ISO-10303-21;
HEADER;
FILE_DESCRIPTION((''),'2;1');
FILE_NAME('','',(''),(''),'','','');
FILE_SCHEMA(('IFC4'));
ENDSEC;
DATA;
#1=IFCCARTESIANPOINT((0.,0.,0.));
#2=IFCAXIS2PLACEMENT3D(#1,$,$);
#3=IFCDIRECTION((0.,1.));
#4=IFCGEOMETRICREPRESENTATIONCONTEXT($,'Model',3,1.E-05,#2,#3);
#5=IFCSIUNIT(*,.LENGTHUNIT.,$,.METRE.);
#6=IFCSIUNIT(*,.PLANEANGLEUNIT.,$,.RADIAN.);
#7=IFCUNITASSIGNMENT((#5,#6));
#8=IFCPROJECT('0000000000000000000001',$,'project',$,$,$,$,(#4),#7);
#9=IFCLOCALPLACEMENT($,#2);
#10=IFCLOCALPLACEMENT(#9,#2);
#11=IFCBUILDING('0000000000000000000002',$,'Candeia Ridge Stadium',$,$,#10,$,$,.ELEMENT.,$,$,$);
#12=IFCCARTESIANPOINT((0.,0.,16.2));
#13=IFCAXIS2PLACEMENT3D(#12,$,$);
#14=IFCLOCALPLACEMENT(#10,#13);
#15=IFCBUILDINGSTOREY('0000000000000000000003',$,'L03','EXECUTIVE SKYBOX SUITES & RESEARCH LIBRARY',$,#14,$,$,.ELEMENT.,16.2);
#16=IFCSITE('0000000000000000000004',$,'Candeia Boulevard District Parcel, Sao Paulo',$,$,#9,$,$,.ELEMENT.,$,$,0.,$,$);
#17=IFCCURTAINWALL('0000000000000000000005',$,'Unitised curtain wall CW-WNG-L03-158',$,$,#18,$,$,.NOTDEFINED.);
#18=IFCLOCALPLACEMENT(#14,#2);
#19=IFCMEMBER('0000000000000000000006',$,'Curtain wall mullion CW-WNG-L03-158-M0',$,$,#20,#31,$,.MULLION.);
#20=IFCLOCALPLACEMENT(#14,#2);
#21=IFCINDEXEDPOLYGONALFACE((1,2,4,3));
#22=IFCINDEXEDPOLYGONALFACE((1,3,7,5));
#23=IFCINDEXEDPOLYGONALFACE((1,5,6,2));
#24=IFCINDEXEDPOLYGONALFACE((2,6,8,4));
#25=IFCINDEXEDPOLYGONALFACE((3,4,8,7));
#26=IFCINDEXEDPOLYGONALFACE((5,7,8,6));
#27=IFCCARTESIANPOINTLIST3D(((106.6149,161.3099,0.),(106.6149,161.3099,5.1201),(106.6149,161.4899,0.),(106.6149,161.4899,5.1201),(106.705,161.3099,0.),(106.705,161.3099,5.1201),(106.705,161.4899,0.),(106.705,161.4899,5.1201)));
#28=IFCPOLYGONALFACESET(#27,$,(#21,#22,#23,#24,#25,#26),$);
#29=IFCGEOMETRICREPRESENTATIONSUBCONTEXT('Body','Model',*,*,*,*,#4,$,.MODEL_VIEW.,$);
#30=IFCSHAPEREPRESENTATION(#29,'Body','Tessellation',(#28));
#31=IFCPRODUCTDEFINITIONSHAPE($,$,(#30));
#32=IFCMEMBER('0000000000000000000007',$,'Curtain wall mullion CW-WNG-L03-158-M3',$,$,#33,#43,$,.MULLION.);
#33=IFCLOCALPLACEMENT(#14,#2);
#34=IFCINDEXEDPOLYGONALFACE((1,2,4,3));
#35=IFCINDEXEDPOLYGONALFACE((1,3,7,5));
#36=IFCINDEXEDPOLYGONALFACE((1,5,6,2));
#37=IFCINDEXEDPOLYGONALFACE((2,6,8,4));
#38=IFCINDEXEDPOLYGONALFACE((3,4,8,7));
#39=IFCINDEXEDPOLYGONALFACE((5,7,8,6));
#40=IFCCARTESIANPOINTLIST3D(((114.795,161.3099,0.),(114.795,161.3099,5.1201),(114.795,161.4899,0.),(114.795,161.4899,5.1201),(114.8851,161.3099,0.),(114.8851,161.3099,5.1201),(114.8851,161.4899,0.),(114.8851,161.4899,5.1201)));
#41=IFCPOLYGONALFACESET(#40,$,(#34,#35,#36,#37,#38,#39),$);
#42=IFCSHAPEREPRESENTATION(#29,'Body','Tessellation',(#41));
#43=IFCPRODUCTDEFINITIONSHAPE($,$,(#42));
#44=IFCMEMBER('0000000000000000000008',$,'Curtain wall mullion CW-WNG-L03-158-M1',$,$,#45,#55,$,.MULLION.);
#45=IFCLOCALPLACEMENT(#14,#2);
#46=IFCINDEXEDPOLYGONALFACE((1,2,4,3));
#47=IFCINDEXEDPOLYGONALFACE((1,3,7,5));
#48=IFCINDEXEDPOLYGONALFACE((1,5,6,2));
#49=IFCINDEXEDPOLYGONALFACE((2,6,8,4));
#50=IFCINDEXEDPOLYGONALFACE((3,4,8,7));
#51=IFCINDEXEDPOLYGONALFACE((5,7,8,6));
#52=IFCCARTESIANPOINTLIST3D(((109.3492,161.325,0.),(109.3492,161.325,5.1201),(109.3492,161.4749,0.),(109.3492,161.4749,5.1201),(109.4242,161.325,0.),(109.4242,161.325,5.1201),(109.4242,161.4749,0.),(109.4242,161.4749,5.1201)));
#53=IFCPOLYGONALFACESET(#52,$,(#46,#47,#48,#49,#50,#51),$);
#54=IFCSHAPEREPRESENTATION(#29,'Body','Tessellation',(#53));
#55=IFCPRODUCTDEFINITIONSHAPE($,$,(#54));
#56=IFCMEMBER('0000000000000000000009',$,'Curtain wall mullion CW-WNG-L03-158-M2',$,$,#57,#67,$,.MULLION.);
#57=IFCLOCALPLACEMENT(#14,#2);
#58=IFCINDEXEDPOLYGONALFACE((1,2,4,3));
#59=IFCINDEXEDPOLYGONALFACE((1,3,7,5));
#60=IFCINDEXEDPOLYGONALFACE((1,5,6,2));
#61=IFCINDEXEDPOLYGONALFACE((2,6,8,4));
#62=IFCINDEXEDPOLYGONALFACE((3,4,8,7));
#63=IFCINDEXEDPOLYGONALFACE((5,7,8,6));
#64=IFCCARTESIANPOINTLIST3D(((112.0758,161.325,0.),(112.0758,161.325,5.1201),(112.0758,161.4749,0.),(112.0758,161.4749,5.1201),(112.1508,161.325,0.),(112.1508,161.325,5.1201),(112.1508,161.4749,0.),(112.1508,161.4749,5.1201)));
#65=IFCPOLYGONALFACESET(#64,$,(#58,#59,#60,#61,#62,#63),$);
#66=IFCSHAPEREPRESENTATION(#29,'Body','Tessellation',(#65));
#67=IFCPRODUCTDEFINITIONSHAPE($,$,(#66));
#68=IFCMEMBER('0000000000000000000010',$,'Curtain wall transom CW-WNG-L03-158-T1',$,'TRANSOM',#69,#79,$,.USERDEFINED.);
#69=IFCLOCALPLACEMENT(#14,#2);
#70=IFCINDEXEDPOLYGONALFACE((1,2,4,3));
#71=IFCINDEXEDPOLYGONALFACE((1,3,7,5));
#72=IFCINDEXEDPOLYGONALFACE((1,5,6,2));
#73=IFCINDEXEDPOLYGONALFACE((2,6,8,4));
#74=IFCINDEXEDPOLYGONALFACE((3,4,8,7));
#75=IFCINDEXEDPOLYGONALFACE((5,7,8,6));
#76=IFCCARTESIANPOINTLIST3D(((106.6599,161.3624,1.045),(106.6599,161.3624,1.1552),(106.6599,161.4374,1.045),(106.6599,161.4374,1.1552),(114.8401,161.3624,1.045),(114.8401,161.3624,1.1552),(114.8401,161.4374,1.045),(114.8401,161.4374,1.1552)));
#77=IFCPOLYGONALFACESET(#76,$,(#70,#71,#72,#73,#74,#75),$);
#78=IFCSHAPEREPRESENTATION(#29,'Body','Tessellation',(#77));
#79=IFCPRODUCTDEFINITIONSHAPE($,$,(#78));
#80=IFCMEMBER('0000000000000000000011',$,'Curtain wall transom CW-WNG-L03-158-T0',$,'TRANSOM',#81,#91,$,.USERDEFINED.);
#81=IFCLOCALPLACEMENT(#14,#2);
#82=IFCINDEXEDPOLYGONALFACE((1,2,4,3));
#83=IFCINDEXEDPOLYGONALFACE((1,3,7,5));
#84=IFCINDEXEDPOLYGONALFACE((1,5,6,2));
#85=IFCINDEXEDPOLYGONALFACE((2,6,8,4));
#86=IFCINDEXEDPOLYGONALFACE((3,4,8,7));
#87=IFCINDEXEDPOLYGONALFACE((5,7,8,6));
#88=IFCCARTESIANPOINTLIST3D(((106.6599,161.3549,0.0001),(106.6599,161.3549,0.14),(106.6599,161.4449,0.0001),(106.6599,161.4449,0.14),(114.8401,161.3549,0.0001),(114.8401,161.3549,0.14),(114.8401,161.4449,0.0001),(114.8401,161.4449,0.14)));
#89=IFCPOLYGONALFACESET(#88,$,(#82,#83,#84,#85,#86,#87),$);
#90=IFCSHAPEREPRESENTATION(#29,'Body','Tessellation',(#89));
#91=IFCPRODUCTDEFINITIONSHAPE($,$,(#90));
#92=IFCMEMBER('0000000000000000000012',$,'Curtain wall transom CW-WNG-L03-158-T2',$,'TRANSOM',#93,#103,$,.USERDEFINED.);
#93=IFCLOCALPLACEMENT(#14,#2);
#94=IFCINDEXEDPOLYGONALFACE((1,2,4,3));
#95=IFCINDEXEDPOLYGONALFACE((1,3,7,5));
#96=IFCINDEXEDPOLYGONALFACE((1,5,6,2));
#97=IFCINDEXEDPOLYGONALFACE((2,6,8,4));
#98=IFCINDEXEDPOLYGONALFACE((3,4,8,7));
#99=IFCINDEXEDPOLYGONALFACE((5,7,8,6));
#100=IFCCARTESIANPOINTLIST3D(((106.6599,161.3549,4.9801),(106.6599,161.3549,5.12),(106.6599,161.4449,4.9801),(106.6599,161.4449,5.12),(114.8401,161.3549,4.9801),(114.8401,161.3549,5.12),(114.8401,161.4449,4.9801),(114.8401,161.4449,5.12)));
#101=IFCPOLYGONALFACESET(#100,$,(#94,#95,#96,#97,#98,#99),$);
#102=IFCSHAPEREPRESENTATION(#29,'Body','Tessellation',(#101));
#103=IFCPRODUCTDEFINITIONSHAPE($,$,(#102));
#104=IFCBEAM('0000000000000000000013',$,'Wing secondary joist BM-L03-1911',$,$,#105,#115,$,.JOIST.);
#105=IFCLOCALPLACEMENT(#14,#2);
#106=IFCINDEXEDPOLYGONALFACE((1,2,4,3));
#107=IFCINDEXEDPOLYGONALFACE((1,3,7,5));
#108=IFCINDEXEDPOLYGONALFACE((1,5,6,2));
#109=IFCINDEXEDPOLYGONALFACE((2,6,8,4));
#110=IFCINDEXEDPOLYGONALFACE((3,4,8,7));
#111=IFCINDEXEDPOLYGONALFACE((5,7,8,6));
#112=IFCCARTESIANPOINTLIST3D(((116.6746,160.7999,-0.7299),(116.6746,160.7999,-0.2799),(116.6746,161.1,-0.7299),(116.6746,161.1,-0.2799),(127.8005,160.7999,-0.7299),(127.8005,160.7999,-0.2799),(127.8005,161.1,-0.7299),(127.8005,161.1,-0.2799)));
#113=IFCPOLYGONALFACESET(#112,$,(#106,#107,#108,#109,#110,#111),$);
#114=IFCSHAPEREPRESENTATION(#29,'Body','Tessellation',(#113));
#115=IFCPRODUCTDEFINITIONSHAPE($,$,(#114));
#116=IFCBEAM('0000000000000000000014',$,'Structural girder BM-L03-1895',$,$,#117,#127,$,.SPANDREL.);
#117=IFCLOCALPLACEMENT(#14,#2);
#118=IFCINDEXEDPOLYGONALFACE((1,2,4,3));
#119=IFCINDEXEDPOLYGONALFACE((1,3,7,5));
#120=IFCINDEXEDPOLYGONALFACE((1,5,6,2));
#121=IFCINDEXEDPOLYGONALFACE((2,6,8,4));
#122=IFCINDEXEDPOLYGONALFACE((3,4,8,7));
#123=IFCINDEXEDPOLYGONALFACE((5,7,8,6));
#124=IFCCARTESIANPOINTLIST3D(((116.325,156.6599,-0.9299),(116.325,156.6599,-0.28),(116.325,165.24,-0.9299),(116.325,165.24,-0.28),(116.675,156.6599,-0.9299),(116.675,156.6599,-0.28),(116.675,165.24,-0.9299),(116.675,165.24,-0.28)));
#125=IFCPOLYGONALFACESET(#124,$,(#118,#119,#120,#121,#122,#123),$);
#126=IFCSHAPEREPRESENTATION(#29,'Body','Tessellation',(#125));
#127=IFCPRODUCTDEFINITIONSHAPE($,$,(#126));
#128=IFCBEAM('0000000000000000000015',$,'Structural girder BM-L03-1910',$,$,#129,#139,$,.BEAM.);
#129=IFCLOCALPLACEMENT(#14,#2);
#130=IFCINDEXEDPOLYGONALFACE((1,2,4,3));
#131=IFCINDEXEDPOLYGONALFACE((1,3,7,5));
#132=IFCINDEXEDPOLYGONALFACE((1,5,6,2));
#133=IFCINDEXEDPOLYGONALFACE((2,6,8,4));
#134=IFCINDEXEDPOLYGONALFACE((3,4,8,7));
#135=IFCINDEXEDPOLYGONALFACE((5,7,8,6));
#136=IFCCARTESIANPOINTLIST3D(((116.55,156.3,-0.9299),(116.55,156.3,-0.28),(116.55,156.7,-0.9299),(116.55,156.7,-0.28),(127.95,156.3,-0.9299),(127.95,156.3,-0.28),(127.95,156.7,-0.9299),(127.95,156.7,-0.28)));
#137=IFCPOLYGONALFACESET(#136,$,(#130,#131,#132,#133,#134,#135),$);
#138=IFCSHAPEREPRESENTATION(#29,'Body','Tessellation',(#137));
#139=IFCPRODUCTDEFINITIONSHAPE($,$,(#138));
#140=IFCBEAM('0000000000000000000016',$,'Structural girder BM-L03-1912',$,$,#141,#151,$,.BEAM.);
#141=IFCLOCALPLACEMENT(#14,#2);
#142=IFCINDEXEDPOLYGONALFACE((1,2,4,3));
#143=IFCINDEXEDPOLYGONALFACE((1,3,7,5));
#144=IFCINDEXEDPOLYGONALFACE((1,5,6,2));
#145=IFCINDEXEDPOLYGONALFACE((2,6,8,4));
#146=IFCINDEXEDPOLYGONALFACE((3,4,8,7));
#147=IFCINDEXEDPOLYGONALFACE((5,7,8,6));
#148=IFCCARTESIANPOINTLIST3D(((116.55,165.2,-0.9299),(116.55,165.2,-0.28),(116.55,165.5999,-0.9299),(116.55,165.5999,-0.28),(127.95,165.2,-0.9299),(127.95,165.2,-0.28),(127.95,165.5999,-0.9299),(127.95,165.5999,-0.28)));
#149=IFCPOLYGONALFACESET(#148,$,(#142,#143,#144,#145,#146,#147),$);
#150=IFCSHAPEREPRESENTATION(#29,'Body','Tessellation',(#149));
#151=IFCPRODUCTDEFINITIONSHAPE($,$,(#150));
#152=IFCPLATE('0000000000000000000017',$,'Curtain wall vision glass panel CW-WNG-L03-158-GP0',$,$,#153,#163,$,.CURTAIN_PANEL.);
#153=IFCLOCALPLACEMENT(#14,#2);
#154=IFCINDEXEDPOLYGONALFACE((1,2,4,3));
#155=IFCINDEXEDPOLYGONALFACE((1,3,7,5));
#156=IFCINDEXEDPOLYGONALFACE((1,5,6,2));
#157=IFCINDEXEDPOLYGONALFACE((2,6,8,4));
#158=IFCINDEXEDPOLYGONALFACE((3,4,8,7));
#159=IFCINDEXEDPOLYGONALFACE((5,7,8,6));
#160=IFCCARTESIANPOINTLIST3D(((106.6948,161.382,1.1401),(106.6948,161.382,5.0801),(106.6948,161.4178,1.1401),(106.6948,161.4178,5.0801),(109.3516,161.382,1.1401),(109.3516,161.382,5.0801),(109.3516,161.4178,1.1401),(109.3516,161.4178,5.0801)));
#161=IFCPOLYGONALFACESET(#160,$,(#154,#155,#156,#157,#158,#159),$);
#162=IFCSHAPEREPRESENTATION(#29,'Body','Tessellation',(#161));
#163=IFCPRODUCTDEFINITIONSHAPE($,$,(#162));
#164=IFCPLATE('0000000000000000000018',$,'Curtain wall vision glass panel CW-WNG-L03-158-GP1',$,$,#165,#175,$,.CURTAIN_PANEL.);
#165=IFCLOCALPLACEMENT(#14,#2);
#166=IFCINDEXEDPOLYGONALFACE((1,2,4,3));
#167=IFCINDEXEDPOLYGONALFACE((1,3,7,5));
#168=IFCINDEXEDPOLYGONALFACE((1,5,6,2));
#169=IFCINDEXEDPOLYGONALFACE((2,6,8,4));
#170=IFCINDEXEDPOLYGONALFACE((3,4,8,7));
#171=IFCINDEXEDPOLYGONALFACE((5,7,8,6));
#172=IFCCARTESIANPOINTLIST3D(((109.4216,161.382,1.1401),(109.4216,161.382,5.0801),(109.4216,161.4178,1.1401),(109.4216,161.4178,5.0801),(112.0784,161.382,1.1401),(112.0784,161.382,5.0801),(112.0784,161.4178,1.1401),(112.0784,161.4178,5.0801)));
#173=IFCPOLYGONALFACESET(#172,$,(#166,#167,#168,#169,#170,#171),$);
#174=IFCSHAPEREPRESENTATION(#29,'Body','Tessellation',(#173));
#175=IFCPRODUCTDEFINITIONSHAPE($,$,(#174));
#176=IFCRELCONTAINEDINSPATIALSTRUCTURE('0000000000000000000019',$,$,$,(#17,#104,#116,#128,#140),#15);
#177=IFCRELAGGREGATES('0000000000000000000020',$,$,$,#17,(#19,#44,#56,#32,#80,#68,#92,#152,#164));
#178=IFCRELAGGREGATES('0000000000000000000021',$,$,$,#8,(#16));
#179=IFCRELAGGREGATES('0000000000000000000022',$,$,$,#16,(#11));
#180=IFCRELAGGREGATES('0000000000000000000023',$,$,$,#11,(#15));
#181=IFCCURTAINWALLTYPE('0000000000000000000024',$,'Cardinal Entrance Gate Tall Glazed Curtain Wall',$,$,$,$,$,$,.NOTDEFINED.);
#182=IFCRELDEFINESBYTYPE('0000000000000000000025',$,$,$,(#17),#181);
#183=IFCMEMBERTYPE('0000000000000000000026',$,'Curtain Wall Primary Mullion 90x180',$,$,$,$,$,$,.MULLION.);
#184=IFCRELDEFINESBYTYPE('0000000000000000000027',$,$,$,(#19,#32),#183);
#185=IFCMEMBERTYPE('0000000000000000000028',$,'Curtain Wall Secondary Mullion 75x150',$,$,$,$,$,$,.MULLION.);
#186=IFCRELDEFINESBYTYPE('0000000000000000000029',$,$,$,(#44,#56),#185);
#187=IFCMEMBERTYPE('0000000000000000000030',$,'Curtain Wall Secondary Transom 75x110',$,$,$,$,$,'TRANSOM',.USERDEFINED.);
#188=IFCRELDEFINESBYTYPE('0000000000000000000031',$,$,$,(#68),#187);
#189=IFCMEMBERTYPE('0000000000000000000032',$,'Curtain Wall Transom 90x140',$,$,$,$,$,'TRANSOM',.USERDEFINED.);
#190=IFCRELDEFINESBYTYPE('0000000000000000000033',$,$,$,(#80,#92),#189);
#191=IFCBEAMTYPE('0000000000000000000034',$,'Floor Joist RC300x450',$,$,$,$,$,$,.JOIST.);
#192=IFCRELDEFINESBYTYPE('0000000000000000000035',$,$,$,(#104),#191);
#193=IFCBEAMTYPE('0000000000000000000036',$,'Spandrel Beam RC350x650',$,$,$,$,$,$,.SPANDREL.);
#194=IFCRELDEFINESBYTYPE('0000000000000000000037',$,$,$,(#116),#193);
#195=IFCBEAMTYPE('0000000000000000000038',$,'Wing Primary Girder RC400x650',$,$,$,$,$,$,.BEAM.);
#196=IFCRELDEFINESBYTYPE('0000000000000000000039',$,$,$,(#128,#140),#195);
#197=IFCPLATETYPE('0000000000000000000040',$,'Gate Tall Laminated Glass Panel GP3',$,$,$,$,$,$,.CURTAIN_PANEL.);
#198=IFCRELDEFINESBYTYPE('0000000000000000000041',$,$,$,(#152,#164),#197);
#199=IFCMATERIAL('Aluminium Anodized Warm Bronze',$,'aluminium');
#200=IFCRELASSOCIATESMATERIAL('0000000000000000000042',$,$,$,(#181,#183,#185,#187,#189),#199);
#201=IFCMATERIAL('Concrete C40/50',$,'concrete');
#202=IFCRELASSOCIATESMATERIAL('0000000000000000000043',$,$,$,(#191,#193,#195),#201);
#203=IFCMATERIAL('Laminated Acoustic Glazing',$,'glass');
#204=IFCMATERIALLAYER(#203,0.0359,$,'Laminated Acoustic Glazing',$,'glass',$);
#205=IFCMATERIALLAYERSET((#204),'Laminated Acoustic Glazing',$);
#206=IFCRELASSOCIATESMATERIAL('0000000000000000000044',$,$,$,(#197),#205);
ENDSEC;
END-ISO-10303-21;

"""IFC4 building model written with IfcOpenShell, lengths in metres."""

from ifc_helpers import new_model, si_unit, direction, frame, origin, origin_2d, place, context, subcontext, project, spatial, rectangle, extrude, material, layer, layer_set, material_profile, profile_set, type_object, element, aggregate, save


model = new_model("IFC4")

# Units and contexts
model_context = context("Model", 3, precision=1e-05, world=origin(), true_north=direction((0.0, 1.0)))
body_context = subcontext(model_context, "Body", "Model", "MODEL_VIEW")
ifc_project = project(units=[si_unit("LENGTHUNIT", "METRE"), si_unit("PLANEANGLEUNIT", "RADIAN")], contexts=[model_context])

# Site, building, storey
site_placement = place(None, origin())
site = spatial("IfcSite", under=ifc_project, at=site_placement, Name="Candeia Boulevard District Parcel, Sao Paulo", CompositionType="ELEMENT", RefElevation=0.0)
building_placement = place(site_placement, origin())
building = spatial("IfcBuilding", under=site, at=building_placement, Name="Candeia Ridge Stadium", CompositionType="ELEMENT")
storey_placement = place(building_placement, frame((0.0, 0.0, 16.2)))
storey = spatial("IfcBuildingStorey", under=building, at=storey_placement, Name="L03", Description="EXECUTIVE SKYBOX SUITES & RESEARCH LIBRARY", CompositionType="ELEMENT", Elevation=16.2)

# Curtain wall, members
ifc_material_1 = material(Name="Aluminium Anodized Warm Bronze", Category="aluminium")
curtain_wall_type = type_object("IfcCurtainWallType", Name="Cardinal Entrance Gate Tall Glazed Curtain Wall", PredefinedType="NOTDEFINED", material=ifc_material_1)
curtain_wall_placement = place(storey_placement, origin())
curtain_wall = element("IfcCurtainWall", 1, at=curtain_wall_placement, inside=storey, type_object=curtain_wall_type, Name="Unitised curtain wall CW-WNG-L03-158", PredefinedType="NOTDEFINED")
ifc_material_profile_1 = material_profile(ifc_material_1, rectangle(XDim=0.0901, YDim=0.1799, at=origin_2d()), Name="CWM-90x180", Category="aluminium")
ifc_profile_set_1 = profile_set([ifc_material_profile_1], Name="Aluminium Anodized Warm Bronze")
member_type_1 = type_object("IfcMemberType", Name="Curtain Wall Primary Mullion 90x180", PredefinedType="MULLION", material=ifc_profile_set_1)
member_1_placement = place(storey_placement, frame((106.6599, 161.3999, 0.0), z_axis=(0.0, 0.0, 1.0), x_axis=(1.0, 0.0, 0.0)))
member_1 = element("IfcMember", 2, at=member_1_placement, type_object=member_type_1, Name="Curtain wall mullion CW-WNG-L03-158-M0", PredefinedType="MULLION", context=body_context, shape_type="SweptSolid", body=[
    extrude(rectangle(XDim=0.0901, YDim=0.1799, at=origin_2d()), origin(), (0.0, 0.0, 1.0), 5.1201),
])
member_2_placement = place(storey_placement, frame((114.8401, 161.3999, 0.0), z_axis=(0.0, 0.0, 1.0), x_axis=(1.0, 0.0, 0.0)))
member_2 = element("IfcMember", 3, at=member_2_placement, type_object=member_type_1, Name="Curtain wall mullion CW-WNG-L03-158-M3", PredefinedType="MULLION", context=body_context, shape_type="SweptSolid", body=[
    extrude(rectangle(XDim=0.0901, YDim=0.1799, at=origin_2d()), origin(), (0.0, 0.0, 1.0), 5.1201),
])
ifc_material_profile_2 = material_profile(ifc_material_1, rectangle(XDim=0.075, YDim=0.1499, at=origin_2d()), Name="CWM-75x150", Category="aluminium")
ifc_profile_set_2 = profile_set([ifc_material_profile_2], Name="Aluminium Anodized Warm Bronze")
member_type_2 = type_object("IfcMemberType", Name="Curtain Wall Secondary Mullion 75x150", PredefinedType="MULLION", material=ifc_profile_set_2)
member_3_placement = place(storey_placement, frame((109.3867, 161.3999, 0.0), z_axis=(0.0, 0.0, 1.0), x_axis=(1.0, 0.0, 0.0)))
member_3 = element("IfcMember", 4, at=member_3_placement, type_object=member_type_2, Name="Curtain wall mullion CW-WNG-L03-158-M1", PredefinedType="MULLION", context=body_context, shape_type="SweptSolid", body=[
    extrude(rectangle(XDim=0.075, YDim=0.1499, at=origin_2d()), origin(), (0.0, 0.0, 1.0), 5.1201),
])
member_4_placement = place(storey_placement, frame((112.1133, 161.3999, 0.0), z_axis=(0.0, 0.0, 1.0), x_axis=(1.0, 0.0, 0.0)))
member_4 = element("IfcMember", 5, at=member_4_placement, type_object=member_type_2, Name="Curtain wall mullion CW-WNG-L03-158-M2", PredefinedType="MULLION", context=body_context, shape_type="SweptSolid", body=[
    extrude(rectangle(XDim=0.075, YDim=0.1499, at=origin_2d()), origin(), (0.0, 0.0, 1.0), 5.1201),
])
ifc_material_profile_3 = material_profile(ifc_material_1, rectangle(XDim=0.075, YDim=0.1101, at=origin_2d()), Name="CWT-75x110", Category="aluminium")
ifc_profile_set_3 = profile_set([ifc_material_profile_3], Name="Aluminium Anodized Warm Bronze")
member_type_3 = type_object("IfcMemberType", Name="Curtain Wall Secondary Transom 75x110", ElementType="TRANSOM", PredefinedType="USERDEFINED", material=ifc_profile_set_3)
member_5_placement = place(storey_placement, frame((106.6599, 161.3999, 1.1001), z_axis=(1.0, 0.0, 0.0), x_axis=(0.0, 1.0, 0.0)))
member_5 = element("IfcMember", 6, at=member_5_placement, type_object=member_type_3, Name="Curtain wall transom CW-WNG-L03-158-T1", ObjectType="TRANSOM", PredefinedType="USERDEFINED", context=body_context, shape_type="SweptSolid", body=[
    extrude(rectangle(XDim=0.075, YDim=0.1101, at=origin_2d()), origin(), (0.0, 0.0, 1.0), 8.1802),
])
ifc_material_profile_4 = material_profile(ifc_material_1, rectangle(XDim=0.0901, YDim=0.1399, at=origin_2d()), Name="CWT-90x140", Category="aluminium")
ifc_profile_set_4 = profile_set([ifc_material_profile_4], Name="Aluminium Anodized Warm Bronze")
member_type_4 = type_object("IfcMemberType", Name="Curtain Wall Transom 90x140", ElementType="TRANSOM", PredefinedType="USERDEFINED", material=ifc_profile_set_4)
member_6_placement = place(storey_placement, frame((106.6599, 161.3999, 0.0701), z_axis=(1.0, 0.0, 0.0), x_axis=(0.0, 1.0, 0.0)))
member_6 = element("IfcMember", 7, at=member_6_placement, type_object=member_type_4, Name="Curtain wall transom CW-WNG-L03-158-T0", ObjectType="TRANSOM", PredefinedType="USERDEFINED", context=body_context, shape_type="SweptSolid", body=[
    extrude(rectangle(XDim=0.0901, YDim=0.1399, at=origin_2d()), origin(), (0.0, 0.0, 1.0), 8.1802),
])
member_7_placement = place(storey_placement, frame((106.6599, 161.3999, 5.05), z_axis=(1.0, 0.0, 0.0), x_axis=(0.0, 1.0, 0.0)))
member_7 = element("IfcMember", 8, at=member_7_placement, type_object=member_type_4, Name="Curtain wall transom CW-WNG-L03-158-T2", ObjectType="TRANSOM", PredefinedType="USERDEFINED", context=body_context, shape_type="SweptSolid", body=[
    extrude(rectangle(XDim=0.0901, YDim=0.1399, at=origin_2d()), origin(), (0.0, 0.0, 1.0), 8.1802),
])

# Beams
ifc_material_2 = material(Name="Concrete C40/50", Category="concrete")
ifc_material_profile_5 = material_profile(ifc_material_2, rectangle(XDim=0.3, YDim=0.45, at=origin_2d()), Name="RC300x450", Category="concrete")
ifc_profile_set_5 = profile_set([ifc_material_profile_5], Name="Concrete C40/50")
beam_type_1 = type_object("IfcBeamType", Name="Floor Joist RC300x450", PredefinedType="JOIST", material=ifc_profile_set_5)
beam_1_placement = place(storey_placement, frame((116.6746, 160.95, -0.5049), z_axis=(1.0, 0.0, 0.0), x_axis=(0.0, 1.0, 0.0)))
element("IfcBeam", 9, at=beam_1_placement, inside=storey, type_object=beam_type_1, Name="Wing secondary joist BM-L03-1911", PredefinedType="JOIST", context=body_context, shape_type="SweptSolid", body=[
    extrude(rectangle(XDim=0.3, YDim=0.45, at=origin_2d()), origin(), (0.0, 0.0, 1.0), 11.126),
])
ifc_material_profile_6 = material_profile(ifc_material_2, rectangle(XDim=0.3501, YDim=0.6499, at=origin_2d()), Name="RC350x650", Category="concrete")
ifc_profile_set_6 = profile_set([ifc_material_profile_6], Name="Concrete C40/50")
beam_type_2 = type_object("IfcBeamType", Name="Spandrel Beam RC350x650", PredefinedType="SPANDREL", material=ifc_profile_set_6)
beam_2_placement = place(storey_placement, frame((116.5, 156.6599, -0.605), z_axis=(0.0, 1.0, 0.0), x_axis=(-1.0, 0.0, 0.0)))
element("IfcBeam", 10, at=beam_2_placement, inside=storey, type_object=beam_type_2, Name="Structural girder BM-L03-1895", PredefinedType="SPANDREL", context=body_context, shape_type="SweptSolid", body=[
    extrude(rectangle(XDim=0.3501, YDim=0.6499, at=origin_2d()), origin(), (0.0, 0.0, 1.0), 8.5801),
])
ifc_material_profile_7 = material_profile(ifc_material_2, rectangle(XDim=0.3999, YDim=0.6499, at=origin_2d()), Name="RC400x650", Category="concrete")
ifc_profile_set_7 = profile_set([ifc_material_profile_7], Name="Concrete C40/50")
beam_type_3 = type_object("IfcBeamType", Name="Wing Primary Girder RC400x650", PredefinedType="BEAM", material=ifc_profile_set_7)
for number, where, z_axis, x_axis, name in (
    (11, (116.55, 156.5, -0.605), (1.0, 0.0, 0.0), (0.0, 1.0, 0.0), "Structural girder BM-L03-1910"),
    (12, (116.55, 165.3999, -0.605), (1.0, 0.0, 0.0), (0.0, 1.0, 0.0), "Structural girder BM-L03-1912"),
):
    element("IfcBeam", number, at=place(storey_placement, frame(where, z_axis=z_axis, x_axis=x_axis)), inside=storey, type_object=beam_type_3, Name=name, PredefinedType="BEAM", context=body_context, shape_type="SweptSolid", body=[
        extrude(rectangle(XDim=0.3999, YDim=0.6499, at=origin_2d()), origin(), (0.0, 0.0, 1.0), 11.3999),
    ])

# Plates
ifc_material_3 = material(Name="Laminated Acoustic Glazing", Category="glass")
ifc_layer_1 = layer(ifc_material_3, 0.0359, Name="Laminated Acoustic Glazing", Category="glass")
ifc_layer_set_1 = layer_set([ifc_layer_1], Name="Laminated Acoustic Glazing")
plate_type_1 = type_object("IfcPlateType", Name="Gate Tall Laminated Glass Panel GP3", PredefinedType="CURTAIN_PANEL", material=ifc_layer_set_1)
plate_1_placement = place(storey_placement, frame((108.0232, 161.3999, 1.1401), z_axis=(0.0, 0.0, 1.0), x_axis=(1.0, 0.0, 0.0)))
plate_1 = element("IfcPlate", 13, at=plate_1_placement, type_object=plate_type_1, Name="Curtain wall vision glass panel CW-WNG-L03-158-GP0", PredefinedType="CURTAIN_PANEL", context=body_context, shape_type="SweptSolid", body=[
    extrude(rectangle(XDim=2.6567, YDim=0.0359, at=origin_2d()), origin(), (0.0, 0.0, 1.0), 3.9399),
])
plate_2_placement = place(storey_placement, frame((110.75, 161.3999, 1.1401), z_axis=(0.0, 0.0, 1.0), x_axis=(1.0, 0.0, 0.0)))
plate_2 = element("IfcPlate", 14, at=plate_2_placement, type_object=plate_type_1, Name="Curtain wall vision glass panel CW-WNG-L03-158-GP1", PredefinedType="CURTAIN_PANEL", context=body_context, shape_type="SweptSolid", body=[
    extrude(rectangle(XDim=2.6567, YDim=0.0359, at=origin_2d()), origin(), (0.0, 0.0, 1.0), 3.9399),
])
aggregate(curtain_wall, [member_1, member_3, member_4, member_2, member_6, member_5, member_7, plate_1, plate_2])

save(model, "model.ifc")
